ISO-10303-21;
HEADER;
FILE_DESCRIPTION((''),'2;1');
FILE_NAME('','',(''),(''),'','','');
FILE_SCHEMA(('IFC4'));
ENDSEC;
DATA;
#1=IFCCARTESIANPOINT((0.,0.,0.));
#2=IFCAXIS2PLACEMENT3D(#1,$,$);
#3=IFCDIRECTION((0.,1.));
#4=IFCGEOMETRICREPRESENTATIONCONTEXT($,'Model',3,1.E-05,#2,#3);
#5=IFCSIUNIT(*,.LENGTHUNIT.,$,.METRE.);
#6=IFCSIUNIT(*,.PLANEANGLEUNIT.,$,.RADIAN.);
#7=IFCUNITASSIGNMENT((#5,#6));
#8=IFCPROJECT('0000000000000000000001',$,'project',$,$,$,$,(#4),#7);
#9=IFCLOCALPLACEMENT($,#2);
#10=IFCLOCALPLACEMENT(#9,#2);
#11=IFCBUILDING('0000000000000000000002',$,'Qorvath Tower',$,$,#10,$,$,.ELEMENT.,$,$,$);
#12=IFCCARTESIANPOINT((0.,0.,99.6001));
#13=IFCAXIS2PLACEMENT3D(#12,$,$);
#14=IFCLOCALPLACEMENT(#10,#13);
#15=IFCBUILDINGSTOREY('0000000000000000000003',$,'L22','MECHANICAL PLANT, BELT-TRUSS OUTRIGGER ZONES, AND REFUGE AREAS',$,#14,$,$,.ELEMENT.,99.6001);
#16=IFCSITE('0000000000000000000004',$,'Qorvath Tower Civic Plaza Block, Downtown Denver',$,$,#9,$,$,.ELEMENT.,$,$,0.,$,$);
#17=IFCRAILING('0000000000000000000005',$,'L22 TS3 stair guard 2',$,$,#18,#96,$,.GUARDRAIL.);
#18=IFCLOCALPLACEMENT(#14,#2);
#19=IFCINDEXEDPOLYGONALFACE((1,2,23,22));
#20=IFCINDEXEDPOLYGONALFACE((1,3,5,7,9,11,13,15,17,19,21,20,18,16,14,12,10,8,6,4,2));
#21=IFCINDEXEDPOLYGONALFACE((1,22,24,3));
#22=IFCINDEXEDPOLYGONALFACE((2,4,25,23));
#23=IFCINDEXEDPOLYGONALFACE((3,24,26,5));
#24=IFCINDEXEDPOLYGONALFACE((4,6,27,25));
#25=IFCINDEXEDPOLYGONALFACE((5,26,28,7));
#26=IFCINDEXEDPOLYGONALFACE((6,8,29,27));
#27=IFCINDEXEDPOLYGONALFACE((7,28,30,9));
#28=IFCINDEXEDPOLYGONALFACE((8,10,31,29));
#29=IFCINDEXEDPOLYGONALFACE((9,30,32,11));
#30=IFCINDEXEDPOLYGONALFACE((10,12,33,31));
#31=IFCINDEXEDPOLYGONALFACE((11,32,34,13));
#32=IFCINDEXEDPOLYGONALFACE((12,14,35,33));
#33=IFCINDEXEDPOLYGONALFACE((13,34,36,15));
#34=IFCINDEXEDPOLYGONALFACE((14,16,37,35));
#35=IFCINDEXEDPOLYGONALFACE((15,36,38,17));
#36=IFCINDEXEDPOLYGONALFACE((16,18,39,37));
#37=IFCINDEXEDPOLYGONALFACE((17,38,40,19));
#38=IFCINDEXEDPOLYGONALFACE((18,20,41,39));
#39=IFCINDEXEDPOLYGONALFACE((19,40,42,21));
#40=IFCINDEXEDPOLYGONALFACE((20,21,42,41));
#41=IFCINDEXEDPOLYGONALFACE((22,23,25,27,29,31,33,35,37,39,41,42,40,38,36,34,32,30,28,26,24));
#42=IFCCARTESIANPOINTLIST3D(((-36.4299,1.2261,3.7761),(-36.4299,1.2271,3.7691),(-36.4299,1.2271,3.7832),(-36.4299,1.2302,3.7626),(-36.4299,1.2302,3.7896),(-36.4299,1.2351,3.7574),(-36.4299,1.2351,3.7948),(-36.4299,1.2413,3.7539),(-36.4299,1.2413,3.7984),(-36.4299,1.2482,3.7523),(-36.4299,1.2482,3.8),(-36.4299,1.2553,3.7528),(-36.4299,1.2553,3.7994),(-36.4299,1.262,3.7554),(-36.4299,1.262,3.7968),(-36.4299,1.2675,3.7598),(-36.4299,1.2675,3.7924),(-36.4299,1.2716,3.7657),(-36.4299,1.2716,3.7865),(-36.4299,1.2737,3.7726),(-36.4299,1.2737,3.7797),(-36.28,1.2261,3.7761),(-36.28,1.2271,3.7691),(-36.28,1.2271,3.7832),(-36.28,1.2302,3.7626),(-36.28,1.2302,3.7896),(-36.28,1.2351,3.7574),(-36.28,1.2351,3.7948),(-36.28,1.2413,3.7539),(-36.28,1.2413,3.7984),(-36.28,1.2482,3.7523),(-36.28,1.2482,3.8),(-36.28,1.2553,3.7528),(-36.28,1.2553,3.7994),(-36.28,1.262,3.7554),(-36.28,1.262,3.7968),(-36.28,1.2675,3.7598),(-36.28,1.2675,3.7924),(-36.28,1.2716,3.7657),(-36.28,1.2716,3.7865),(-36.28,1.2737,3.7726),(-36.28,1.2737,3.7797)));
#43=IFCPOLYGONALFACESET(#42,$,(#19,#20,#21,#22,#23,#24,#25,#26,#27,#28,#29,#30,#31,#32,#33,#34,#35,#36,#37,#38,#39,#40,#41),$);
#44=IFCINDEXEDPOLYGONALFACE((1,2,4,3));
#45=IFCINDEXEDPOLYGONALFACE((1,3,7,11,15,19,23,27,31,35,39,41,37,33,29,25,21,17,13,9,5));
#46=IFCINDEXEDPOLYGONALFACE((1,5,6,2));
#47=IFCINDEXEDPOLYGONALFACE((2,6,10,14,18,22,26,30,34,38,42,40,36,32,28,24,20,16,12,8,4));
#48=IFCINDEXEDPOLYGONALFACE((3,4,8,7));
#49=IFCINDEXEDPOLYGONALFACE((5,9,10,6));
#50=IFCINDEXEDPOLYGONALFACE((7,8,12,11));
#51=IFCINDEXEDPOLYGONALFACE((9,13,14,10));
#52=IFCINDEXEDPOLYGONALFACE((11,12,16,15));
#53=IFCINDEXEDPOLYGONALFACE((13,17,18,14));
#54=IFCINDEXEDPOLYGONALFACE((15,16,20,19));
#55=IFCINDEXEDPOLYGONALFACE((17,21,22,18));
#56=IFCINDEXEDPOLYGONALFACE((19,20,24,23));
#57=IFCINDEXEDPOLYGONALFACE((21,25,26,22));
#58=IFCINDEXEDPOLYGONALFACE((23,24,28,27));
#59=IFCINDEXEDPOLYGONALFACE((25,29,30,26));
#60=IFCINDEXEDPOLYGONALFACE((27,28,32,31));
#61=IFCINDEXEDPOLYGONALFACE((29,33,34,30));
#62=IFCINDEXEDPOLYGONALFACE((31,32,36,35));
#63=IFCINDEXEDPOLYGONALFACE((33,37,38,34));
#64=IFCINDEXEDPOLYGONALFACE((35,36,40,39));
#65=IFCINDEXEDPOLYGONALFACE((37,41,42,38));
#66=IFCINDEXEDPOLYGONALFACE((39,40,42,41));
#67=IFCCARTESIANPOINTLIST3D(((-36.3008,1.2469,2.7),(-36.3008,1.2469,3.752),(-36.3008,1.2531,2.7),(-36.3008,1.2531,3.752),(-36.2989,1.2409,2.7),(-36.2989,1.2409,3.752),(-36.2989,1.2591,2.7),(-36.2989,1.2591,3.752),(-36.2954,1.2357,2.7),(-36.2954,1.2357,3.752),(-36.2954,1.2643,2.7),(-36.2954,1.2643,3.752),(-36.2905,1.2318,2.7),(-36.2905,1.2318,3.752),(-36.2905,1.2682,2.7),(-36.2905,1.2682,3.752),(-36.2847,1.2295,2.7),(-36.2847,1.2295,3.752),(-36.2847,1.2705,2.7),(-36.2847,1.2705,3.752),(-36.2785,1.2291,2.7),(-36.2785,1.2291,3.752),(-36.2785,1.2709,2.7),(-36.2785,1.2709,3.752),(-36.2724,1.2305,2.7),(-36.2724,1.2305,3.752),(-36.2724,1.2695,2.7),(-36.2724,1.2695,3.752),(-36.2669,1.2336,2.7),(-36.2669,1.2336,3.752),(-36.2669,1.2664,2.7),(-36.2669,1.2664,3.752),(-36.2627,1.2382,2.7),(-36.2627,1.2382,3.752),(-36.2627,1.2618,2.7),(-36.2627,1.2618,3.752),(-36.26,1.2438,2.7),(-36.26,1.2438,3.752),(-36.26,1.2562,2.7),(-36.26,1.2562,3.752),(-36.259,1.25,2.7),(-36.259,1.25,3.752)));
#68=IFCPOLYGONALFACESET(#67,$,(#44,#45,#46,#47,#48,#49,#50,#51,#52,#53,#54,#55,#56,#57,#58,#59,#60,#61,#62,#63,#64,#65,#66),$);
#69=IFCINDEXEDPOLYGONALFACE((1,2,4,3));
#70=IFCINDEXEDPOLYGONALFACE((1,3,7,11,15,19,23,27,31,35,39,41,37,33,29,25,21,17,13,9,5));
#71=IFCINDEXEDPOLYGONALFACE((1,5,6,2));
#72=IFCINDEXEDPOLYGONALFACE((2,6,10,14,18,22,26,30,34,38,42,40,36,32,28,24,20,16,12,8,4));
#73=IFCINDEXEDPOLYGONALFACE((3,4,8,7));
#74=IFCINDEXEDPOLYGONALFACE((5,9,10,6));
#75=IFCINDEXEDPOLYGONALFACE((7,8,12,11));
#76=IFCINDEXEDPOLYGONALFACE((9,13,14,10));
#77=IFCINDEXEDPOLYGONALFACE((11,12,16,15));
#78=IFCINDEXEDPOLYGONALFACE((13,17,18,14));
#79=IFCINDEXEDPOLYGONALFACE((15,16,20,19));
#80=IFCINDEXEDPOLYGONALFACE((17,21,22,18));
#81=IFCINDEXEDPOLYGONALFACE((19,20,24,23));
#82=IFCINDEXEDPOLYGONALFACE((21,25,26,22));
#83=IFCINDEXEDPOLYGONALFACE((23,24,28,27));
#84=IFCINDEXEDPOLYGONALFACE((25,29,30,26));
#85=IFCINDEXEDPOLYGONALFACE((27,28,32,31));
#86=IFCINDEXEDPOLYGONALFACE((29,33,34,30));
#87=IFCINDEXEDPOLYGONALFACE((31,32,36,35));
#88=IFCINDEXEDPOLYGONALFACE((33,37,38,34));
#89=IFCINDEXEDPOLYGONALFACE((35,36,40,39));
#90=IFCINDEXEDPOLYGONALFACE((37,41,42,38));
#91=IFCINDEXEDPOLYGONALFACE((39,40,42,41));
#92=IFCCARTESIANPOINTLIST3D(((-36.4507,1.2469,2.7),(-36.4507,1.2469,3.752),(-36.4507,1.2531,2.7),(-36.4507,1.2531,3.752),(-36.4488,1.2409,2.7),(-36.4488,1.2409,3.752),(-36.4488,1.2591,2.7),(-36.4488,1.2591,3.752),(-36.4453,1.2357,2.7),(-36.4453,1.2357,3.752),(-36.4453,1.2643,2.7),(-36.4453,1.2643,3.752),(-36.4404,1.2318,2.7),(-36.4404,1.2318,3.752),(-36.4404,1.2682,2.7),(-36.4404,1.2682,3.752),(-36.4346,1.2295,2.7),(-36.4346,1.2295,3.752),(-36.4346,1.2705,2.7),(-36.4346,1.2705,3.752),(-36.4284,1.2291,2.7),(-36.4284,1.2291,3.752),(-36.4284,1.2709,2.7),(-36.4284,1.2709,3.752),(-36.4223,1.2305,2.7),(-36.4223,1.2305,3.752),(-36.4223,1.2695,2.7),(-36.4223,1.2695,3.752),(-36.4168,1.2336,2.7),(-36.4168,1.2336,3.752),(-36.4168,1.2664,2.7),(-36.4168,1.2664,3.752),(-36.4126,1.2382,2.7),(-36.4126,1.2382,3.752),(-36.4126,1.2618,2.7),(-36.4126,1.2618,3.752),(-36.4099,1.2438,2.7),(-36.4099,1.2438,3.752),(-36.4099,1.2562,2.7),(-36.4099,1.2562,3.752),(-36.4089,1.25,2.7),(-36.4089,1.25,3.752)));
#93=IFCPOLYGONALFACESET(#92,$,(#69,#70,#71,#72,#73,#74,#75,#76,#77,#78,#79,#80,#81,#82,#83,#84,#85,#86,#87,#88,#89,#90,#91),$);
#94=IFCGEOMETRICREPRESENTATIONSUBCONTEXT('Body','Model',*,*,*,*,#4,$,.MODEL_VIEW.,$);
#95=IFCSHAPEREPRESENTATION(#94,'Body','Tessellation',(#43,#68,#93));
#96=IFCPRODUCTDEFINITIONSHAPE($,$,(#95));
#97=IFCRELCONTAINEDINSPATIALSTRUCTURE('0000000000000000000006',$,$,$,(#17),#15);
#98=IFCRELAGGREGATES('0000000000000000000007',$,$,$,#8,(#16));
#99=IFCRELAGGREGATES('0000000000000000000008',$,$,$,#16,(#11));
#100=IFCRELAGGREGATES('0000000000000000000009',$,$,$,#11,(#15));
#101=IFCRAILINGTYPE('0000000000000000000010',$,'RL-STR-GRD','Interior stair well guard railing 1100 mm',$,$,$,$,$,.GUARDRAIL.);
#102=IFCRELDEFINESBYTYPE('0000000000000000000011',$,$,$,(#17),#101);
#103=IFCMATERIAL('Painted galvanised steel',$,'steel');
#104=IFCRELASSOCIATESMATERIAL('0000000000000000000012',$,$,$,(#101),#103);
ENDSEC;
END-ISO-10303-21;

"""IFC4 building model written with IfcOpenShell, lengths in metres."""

from ifc_helpers import new_model, si_unit, direction, frame, origin, origin_2d, place, context, subcontext, project, spatial, circle, extrude, material, type_object, element, save


model = new_model("IFC4")

# Units and contexts
model_context = context("Model", 3, precision=1e-05, world=origin(), true_north=direction((0.0, 1.0)))
body_context = subcontext(model_context, "Body", "Model", "MODEL_VIEW")
ifc_project = project(units=[si_unit("LENGTHUNIT", "METRE"), si_unit("PLANEANGLEUNIT", "RADIAN")], contexts=[model_context])

# Site, building, storey
site_placement = place(None, origin())
site = spatial("IfcSite", under=ifc_project, at=site_placement, Name="Qorvath Tower Civic Plaza Block, Downtown Denver", CompositionType="ELEMENT", RefElevation=0.0)
building_placement = place(site_placement, origin())
building = spatial("IfcBuilding", under=site, at=building_placement, Name="Qorvath Tower", CompositionType="ELEMENT")
storey_placement = place(building_placement, frame((0.0, 0.0, 99.6001)))
storey = spatial("IfcBuildingStorey", under=building, at=storey_placement, Name="L22", Description="MECHANICAL PLANT, BELT-TRUSS OUTRIGGER ZONES, AND REFUGE AREAS", CompositionType="ELEMENT", Elevation=99.6001)

# Railing
ifc_material_1 = material(Name="Painted galvanised steel", Category="steel")
railing_type_1 = type_object("IfcRailingType", Name="RL-STR-GRD", Description="Interior stair well guard railing 1100 mm", PredefinedType="GUARDRAIL", material=ifc_material_1)
railing_1_placement = place(storey_placement, frame((-36.28, 1.25, 2.7)))
element("IfcRailing", 1, at=railing_1_placement, inside=storey, type_object=railing_type_1, Name="L22 TS3 stair guard 2", PredefinedType="GUARDRAIL", context=body_context, shape_type="SweptSolid", body=[
    extrude(circle(Radius=0.0239, at=origin_2d()), frame((0.0, 0.0, 1.0762), z_axis=(-1.0, 0.0, 0.0), x_axis=(0.0, -1.0, 0.0)), (0.0, 0.0, 1.0), 0.1499),
    extrude(circle(Radius=0.021, at=origin_2d()), origin(), (0.0, 0.0, 1.0), 1.052),
    extrude(circle(Radius=0.021, at=origin_2d()), frame((-0.1499, 0.0, 0.0)), (0.0, 0.0, 1.0), 1.052),
])

save(model, "model.ifc")
